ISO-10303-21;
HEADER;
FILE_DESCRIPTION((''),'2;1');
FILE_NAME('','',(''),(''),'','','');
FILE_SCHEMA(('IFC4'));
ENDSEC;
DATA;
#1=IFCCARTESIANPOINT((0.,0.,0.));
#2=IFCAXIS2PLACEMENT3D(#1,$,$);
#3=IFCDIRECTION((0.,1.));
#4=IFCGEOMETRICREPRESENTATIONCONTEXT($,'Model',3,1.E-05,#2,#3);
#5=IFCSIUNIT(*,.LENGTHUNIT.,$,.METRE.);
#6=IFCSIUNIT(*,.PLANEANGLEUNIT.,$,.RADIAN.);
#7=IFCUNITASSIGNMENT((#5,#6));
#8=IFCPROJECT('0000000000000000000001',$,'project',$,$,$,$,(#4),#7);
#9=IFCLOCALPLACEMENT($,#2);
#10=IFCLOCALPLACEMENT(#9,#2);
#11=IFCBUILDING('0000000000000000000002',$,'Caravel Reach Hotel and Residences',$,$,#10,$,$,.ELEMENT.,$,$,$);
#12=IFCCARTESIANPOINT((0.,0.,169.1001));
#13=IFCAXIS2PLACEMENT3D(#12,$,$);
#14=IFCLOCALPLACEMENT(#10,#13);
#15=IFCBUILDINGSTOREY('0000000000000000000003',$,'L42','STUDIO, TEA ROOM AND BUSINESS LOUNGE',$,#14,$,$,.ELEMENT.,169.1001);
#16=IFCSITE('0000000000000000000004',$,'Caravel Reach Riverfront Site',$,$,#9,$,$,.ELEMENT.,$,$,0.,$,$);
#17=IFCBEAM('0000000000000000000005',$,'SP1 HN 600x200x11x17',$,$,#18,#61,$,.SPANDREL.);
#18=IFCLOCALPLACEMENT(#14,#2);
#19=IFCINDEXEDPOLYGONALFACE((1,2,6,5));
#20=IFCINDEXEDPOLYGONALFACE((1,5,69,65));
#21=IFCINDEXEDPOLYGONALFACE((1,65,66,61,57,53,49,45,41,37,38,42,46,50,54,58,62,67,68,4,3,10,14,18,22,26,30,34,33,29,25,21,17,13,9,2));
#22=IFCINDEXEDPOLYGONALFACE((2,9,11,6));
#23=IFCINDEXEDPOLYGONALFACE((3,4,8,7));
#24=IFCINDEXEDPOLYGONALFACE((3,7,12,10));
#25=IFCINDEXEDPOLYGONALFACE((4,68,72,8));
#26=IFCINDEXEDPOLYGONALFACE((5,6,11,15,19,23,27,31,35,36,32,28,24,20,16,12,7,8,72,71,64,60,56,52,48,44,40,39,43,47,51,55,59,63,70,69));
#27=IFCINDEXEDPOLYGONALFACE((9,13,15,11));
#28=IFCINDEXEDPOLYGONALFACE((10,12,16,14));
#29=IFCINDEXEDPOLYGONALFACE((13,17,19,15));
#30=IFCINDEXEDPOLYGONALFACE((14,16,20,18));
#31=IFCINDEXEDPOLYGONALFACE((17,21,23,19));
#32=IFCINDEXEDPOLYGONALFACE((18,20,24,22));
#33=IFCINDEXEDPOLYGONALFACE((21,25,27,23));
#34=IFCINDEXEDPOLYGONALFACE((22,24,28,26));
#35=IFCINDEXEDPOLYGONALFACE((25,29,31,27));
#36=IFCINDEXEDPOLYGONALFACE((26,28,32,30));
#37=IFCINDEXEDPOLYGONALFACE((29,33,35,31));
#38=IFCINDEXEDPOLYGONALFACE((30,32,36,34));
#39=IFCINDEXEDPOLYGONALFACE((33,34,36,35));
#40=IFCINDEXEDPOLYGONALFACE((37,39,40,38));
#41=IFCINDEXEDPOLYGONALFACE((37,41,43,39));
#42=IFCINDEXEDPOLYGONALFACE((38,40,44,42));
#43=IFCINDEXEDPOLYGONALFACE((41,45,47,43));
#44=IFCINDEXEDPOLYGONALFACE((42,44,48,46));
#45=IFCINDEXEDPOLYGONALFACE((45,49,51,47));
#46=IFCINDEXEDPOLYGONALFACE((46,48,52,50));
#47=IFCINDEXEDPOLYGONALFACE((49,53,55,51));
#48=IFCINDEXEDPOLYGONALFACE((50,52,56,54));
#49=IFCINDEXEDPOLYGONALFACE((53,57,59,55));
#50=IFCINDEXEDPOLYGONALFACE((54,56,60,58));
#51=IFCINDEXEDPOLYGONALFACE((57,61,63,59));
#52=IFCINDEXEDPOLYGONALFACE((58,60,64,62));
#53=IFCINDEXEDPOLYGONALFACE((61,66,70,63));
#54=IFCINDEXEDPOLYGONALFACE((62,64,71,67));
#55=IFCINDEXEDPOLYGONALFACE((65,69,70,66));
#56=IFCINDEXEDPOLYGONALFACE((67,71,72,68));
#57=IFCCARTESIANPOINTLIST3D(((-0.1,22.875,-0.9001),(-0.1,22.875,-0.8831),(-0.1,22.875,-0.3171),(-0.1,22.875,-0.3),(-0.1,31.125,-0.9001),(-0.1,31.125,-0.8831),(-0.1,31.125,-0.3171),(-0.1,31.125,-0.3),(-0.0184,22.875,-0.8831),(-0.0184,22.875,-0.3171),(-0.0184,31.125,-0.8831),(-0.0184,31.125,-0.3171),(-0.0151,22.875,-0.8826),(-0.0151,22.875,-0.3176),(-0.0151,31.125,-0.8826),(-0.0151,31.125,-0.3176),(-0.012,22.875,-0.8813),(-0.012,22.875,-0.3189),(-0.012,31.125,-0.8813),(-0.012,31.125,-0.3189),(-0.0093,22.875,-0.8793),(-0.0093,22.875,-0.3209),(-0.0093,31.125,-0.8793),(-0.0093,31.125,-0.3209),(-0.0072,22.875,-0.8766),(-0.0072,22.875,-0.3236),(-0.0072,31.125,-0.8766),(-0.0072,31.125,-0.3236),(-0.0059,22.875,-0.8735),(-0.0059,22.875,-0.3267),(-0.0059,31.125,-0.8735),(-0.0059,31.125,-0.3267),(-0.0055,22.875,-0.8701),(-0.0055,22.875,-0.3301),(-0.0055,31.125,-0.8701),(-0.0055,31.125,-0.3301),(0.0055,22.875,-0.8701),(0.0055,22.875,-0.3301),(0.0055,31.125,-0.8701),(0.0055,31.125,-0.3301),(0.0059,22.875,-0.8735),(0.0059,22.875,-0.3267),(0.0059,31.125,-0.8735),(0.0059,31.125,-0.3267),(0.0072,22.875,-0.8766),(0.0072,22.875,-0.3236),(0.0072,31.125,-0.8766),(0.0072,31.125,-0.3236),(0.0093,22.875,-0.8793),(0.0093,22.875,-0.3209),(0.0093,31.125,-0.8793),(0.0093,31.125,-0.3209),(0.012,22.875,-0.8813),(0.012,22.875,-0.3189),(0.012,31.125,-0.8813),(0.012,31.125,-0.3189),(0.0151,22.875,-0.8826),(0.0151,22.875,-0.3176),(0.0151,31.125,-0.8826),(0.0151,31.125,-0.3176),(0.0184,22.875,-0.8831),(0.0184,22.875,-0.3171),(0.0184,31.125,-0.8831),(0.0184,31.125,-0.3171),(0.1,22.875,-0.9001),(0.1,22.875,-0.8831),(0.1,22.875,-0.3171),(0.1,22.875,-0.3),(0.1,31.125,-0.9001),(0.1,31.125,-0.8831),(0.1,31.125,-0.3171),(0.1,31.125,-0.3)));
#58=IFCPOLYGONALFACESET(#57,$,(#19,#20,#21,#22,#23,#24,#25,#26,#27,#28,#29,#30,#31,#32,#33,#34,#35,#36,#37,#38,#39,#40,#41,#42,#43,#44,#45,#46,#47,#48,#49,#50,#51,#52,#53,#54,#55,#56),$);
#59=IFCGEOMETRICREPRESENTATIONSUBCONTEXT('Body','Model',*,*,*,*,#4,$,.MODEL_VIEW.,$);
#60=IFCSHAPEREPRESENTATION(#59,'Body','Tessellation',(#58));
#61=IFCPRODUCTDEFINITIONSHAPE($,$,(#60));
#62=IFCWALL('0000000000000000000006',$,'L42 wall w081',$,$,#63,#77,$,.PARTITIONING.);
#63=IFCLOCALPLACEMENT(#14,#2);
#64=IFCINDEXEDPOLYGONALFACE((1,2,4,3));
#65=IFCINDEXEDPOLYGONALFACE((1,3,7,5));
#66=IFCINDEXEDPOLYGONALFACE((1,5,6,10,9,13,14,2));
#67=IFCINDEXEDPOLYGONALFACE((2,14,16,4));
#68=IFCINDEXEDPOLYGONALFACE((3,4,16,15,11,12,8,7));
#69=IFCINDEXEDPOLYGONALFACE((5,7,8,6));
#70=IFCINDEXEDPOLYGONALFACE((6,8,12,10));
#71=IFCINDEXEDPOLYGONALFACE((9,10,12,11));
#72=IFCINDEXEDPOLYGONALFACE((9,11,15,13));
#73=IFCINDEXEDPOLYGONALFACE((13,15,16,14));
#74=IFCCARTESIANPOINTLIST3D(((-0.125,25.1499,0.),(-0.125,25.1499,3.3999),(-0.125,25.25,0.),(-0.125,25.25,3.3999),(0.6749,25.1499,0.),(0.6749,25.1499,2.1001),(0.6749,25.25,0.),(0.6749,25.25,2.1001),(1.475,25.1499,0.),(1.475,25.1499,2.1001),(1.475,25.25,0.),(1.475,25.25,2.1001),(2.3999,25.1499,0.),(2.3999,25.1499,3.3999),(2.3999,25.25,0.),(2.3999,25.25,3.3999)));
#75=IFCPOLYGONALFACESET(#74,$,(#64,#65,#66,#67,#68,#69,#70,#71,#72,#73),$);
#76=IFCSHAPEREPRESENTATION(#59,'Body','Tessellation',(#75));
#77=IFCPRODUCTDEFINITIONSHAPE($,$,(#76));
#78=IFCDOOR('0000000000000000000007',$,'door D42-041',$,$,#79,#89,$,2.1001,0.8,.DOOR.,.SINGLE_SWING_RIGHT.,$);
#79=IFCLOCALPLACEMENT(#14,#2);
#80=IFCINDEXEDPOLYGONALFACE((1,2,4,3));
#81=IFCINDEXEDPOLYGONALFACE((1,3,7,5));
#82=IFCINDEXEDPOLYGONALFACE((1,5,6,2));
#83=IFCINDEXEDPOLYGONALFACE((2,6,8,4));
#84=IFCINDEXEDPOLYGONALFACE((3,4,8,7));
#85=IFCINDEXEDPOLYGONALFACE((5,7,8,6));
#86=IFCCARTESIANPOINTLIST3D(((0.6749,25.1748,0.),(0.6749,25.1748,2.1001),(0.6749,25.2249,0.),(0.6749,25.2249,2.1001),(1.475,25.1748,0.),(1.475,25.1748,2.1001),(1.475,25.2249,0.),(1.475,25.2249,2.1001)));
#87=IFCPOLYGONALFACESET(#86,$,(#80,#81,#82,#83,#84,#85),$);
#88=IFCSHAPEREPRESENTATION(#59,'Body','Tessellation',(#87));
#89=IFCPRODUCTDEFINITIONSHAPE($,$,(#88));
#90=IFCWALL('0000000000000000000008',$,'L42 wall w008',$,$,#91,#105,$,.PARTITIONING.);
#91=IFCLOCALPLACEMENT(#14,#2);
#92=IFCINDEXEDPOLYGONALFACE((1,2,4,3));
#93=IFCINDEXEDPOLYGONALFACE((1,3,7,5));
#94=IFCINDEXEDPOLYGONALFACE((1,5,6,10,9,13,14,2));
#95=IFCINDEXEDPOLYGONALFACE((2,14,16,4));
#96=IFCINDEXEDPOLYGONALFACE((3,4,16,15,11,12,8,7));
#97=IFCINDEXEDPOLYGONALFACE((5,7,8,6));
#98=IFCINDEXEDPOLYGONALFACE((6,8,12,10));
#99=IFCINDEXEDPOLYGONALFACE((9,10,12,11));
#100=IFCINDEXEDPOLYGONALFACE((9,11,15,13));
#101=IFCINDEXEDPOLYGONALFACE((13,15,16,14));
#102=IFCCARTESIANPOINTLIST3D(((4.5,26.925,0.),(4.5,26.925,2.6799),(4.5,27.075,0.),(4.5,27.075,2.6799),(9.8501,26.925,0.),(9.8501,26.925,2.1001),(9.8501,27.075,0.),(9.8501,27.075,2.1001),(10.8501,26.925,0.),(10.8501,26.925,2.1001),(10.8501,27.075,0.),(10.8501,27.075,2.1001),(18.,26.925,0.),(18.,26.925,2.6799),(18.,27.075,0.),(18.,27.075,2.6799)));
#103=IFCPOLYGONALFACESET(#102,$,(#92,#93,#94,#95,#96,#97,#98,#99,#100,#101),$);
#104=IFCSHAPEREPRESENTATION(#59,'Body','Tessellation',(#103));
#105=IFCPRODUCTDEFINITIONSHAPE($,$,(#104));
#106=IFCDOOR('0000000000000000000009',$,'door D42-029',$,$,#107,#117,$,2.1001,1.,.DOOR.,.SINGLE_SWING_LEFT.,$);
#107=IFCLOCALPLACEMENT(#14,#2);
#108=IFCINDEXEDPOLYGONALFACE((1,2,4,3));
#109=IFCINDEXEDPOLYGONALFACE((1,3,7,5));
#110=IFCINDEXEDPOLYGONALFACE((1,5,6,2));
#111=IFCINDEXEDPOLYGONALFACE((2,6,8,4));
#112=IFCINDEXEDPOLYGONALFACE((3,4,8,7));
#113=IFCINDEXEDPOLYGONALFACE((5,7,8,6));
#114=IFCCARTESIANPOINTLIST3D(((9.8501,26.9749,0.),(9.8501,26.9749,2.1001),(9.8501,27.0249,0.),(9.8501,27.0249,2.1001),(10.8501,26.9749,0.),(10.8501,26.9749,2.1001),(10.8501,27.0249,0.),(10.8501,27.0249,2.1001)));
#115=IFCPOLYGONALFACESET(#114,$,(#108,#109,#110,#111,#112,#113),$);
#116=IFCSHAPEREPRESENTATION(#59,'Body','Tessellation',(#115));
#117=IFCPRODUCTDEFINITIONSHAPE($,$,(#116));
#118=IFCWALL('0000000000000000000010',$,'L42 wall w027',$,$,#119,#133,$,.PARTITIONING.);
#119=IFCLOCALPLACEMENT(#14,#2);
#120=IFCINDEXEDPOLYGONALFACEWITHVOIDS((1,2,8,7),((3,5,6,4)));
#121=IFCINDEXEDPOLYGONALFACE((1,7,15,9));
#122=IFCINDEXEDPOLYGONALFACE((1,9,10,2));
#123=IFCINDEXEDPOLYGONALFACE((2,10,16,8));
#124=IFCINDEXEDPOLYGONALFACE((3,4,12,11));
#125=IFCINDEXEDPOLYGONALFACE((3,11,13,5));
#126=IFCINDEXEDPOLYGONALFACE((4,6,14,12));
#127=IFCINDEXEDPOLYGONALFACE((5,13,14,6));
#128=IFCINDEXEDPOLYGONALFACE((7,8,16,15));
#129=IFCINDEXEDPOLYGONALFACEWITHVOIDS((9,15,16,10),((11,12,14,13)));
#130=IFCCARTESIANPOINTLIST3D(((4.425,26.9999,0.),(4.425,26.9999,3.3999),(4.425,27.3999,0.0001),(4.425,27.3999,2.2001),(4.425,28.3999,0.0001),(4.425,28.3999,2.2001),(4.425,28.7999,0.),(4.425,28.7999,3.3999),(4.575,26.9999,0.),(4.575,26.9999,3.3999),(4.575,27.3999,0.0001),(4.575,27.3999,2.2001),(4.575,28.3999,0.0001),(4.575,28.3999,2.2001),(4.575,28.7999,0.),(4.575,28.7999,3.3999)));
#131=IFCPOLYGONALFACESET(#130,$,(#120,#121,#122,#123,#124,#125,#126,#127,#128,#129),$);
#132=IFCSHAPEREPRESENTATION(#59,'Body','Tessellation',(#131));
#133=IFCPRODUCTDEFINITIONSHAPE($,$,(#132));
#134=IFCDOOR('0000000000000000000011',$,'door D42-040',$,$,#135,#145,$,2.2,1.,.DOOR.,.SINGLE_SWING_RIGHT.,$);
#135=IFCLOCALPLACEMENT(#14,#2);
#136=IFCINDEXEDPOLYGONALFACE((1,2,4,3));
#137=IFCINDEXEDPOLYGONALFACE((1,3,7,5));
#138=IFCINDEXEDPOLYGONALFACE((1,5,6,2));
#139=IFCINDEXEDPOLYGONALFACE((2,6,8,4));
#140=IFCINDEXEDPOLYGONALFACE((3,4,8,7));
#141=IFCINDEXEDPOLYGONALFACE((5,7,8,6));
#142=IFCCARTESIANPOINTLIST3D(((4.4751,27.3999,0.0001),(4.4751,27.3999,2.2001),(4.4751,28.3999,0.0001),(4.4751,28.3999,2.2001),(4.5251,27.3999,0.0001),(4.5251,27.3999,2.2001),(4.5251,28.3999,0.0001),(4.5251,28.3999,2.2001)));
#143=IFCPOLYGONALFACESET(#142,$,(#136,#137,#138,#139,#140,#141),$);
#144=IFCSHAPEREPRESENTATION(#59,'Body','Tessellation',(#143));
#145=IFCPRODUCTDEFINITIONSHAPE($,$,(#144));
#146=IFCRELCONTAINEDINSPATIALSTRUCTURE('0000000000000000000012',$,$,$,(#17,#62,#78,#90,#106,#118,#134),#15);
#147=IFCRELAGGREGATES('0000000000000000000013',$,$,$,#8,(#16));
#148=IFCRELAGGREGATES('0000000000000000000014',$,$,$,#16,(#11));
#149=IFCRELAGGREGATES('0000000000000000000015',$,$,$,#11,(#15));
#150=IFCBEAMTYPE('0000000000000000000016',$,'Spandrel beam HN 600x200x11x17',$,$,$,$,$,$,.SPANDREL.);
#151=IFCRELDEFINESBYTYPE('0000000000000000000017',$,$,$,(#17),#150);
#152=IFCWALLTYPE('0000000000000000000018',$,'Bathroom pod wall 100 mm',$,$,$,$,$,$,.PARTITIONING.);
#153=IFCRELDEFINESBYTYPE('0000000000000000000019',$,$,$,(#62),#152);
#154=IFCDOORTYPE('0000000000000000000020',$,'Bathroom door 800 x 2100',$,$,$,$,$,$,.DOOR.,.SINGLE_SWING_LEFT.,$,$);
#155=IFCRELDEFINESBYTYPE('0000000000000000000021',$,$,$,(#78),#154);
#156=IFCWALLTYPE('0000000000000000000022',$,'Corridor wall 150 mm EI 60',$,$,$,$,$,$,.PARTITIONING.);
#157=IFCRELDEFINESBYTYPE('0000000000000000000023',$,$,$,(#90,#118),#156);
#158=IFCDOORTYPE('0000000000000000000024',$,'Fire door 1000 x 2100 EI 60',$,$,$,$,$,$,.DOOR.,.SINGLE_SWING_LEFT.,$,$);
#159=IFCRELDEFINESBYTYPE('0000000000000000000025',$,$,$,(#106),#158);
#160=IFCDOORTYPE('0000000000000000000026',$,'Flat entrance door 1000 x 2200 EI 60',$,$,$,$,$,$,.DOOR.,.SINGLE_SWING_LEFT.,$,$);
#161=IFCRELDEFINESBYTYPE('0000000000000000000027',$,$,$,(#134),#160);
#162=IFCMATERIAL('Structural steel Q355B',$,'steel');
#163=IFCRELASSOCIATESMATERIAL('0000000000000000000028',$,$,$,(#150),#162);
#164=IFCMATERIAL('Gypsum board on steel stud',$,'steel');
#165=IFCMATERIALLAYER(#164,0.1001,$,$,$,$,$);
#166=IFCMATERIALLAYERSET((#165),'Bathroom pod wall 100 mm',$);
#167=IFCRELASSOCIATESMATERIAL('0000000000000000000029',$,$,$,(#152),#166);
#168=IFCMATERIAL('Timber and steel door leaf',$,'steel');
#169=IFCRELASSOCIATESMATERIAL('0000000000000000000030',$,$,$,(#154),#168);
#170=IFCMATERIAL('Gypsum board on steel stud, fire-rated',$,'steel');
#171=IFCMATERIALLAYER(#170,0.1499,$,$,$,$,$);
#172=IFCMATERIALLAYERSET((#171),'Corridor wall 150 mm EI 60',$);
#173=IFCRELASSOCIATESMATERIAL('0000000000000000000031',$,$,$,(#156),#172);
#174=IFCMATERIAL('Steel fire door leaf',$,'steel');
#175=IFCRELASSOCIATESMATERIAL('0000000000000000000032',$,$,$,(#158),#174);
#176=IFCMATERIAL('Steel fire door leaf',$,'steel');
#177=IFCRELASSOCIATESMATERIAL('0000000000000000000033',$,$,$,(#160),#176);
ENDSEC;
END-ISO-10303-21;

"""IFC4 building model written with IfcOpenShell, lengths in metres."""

from ifc_helpers import new_model, si_unit, direction, frame, frame_2d, origin, origin_2d, place, context, subcontext, project, spatial, rectangle, i_section, extrude, material, layer, layer_set, material_profile, profile_set, type_object, element, fill, save


model = new_model("IFC4")

# Units and contexts
model_context = context("Model", 3, precision=1e-05, world=origin(), true_north=direction((0.0, 1.0)))
body_context = subcontext(model_context, "Body", "Model", "MODEL_VIEW")
ifc_project = project(units=[si_unit("LENGTHUNIT", "METRE"), si_unit("PLANEANGLEUNIT", "RADIAN")], contexts=[model_context])

# Site, building, storey
site_placement = place(None, origin())
site = spatial("IfcSite", under=ifc_project, at=site_placement, Name="Caravel Reach Riverfront Site", CompositionType="ELEMENT", RefElevation=0.0)
building_placement = place(site_placement, origin())
building = spatial("IfcBuilding", under=site, at=building_placement, Name="Caravel Reach Hotel and Residences", CompositionType="ELEMENT")
storey_placement = place(building_placement, frame((0.0, 0.0, 169.1001)))
storey = spatial("IfcBuildingStorey", under=building, at=storey_placement, Name="L42", Description="STUDIO, TEA ROOM AND BUSINESS LOUNGE", CompositionType="ELEMENT", Elevation=169.1001)

# Beam
ifc_material_1 = material(Name="Structural steel Q355B", Category="steel")
ifc_material_profile_1 = material_profile(ifc_material_1, i_section(OverallWidth=0.2, OverallDepth=0.6001, WebThickness=0.011, FlangeThickness=0.0171, FilletRadius=0.0129, at=origin_2d()), Name="HN 600x200x11x17")
ifc_profile_set_1 = profile_set([ifc_material_profile_1], Name="Structural steel Q355B")
beam_type = type_object("IfcBeamType", Name="Spandrel beam HN 600x200x11x17", PredefinedType="SPANDREL", material=ifc_profile_set_1)
beam_placement = place(storey_placement, frame((0.0, 31.125, -0.6001), z_axis=(0.0, -1.0, 0.0), x_axis=(1.0, 0.0, 0.0)))
element("IfcBeam", 1, at=beam_placement, inside=storey, type_object=beam_type, Name="SP1 HN 600x200x11x17", PredefinedType="SPANDREL", context=body_context, shape_type="SweptSolid", body=[
    extrude(i_section(OverallWidth=0.2, OverallDepth=0.6001, WebThickness=0.011, FlangeThickness=0.0171, FilletRadius=0.0129, at=origin_2d()), origin(), (0.0, 0.0, 1.0), 8.25),
])

# Walls, openings, doors
ifc_material_2 = material(Name="Gypsum board on steel stud", Category="steel")
ifc_layer_1 = layer(ifc_material_2, 0.1001)
ifc_layer_set_1 = layer_set([ifc_layer_1], Name="Bathroom pod wall 100 mm")
wall_type_1 = type_object("IfcWallType", Name="Bathroom pod wall 100 mm", PredefinedType="PARTITIONING", material=ifc_layer_set_1)
wall_1_placement = place(storey_placement, frame((-0.125, 25.2, 0.0), z_axis=(0.0, 0.0, 1.0), x_axis=(1.0, 0.0, 0.0)))
wall_1 = element("IfcWall", 2, at=wall_1_placement, inside=storey, type_object=wall_type_1, Name="L42 wall w081", PredefinedType="PARTITIONING", context=body_context, shape_type="SweptSolid", body=[
    extrude(rectangle(XDim=2.5249, YDim=0.1001, at=frame_2d((1.2625, 0.0))), origin(), (0.0, 0.0, 1.0), 3.3999),
])
opening_1_placement = place(wall_1_placement, frame((0.8, 0.0, 0.0)))
opening_1 = element("IfcOpeningElement", 3, at=opening_1_placement, cuts=wall_1, PredefinedType="OPENING", context=body_context, shape_type="SweptSolid", body=[
    extrude(rectangle(XDim=0.8, YDim=2.1001, at=frame_2d((0.3999, 1.05))), frame((0.0, 0.0601, 0.0), z_axis=(0.0, -1.0, 0.0), x_axis=(1.0, 0.0, 0.0)), (0.0, 0.0, 1.0), 0.1201),
])
ifc_material_3 = material(Name="Timber and steel door leaf", Category="steel")
door_type_1 = type_object("IfcDoorType", Name="Bathroom door 800 x 2100", OperationType="SINGLE_SWING_LEFT", PredefinedType="DOOR", material=ifc_material_3)
door_1_placement = place(opening_1_placement, origin())
door_1 = element("IfcDoor", 4, at=door_1_placement, inside=storey, type_object=door_type_1, Name="door D42-041", OperationType="SINGLE_SWING_RIGHT", OverallHeight=2.1001, OverallWidth=0.8, PredefinedType="DOOR", context=body_context, shape_type="SweptSolid", body=[
    extrude(rectangle(XDim=0.8, YDim=2.1001, at=frame_2d((0.3999, 1.05))), frame((0.0, 0.0249, 0.0), z_axis=(0.0, -1.0, 0.0), x_axis=(1.0, 0.0, 0.0)), (0.0, 0.0, 1.0), 0.05),
])
fill(opening_1, door_1)
ifc_material_4 = material(Name="Gypsum board on steel stud, fire-rated", Category="steel")
ifc_layer_2 = layer(ifc_material_4, 0.1499)
ifc_layer_set_2 = layer_set([ifc_layer_2], Name="Corridor wall 150 mm EI 60")
wall_type_2 = type_object("IfcWallType", Name="Corridor wall 150 mm EI 60", PredefinedType="PARTITIONING", material=ifc_layer_set_2)
wall_2_placement = place(storey_placement, frame((4.5, 27.0, 0.0), z_axis=(0.0, 0.0, 1.0), x_axis=(1.0, 0.0, 0.0)))
wall_2 = element("IfcWall", 5, at=wall_2_placement, inside=storey, type_object=wall_type_2, Name="L42 wall w008", PredefinedType="PARTITIONING", context=body_context, shape_type="SweptSolid", body=[
    extrude(rectangle(XDim=13.5, YDim=0.1499, at=frame_2d((6.75, 0.0))), origin(), (0.0, 0.0, 1.0), 2.6799),
])
opening_2_placement = place(wall_2_placement, frame((5.3501, 0.0, 0.0)))
opening_2 = element("IfcOpeningElement", 6, at=opening_2_placement, cuts=wall_2, PredefinedType="OPENING", context=body_context, shape_type="SweptSolid", body=[
    extrude(rectangle(XDim=1.0, YDim=2.1001, at=frame_2d((0.5, 1.05))), frame((0.0, 0.085, 0.0), z_axis=(0.0, -1.0, 0.0), x_axis=(1.0, 0.0, 0.0)), (0.0, 0.0, 1.0), 0.1699),
])
ifc_material_5 = material(Name="Steel fire door leaf", Category="steel")
door_type_2 = type_object("IfcDoorType", Name="Fire door 1000 x 2100 EI 60", OperationType="SINGLE_SWING_LEFT", PredefinedType="DOOR", material=ifc_material_5)
door_2_placement = place(opening_2_placement, origin())
door_2 = element("IfcDoor", 7, at=door_2_placement, inside=storey, type_object=door_type_2, Name="door D42-029", OperationType="SINGLE_SWING_LEFT", OverallHeight=2.1001, OverallWidth=1.0, PredefinedType="DOOR", context=body_context, shape_type="SweptSolid", body=[
    extrude(rectangle(XDim=1.0, YDim=2.1001, at=frame_2d((0.5, 1.05))), frame((0.0, 0.0249, 0.0), z_axis=(0.0, -1.0, 0.0), x_axis=(1.0, 0.0, 0.0)), (0.0, 0.0, 1.0), 0.05),
])
fill(opening_2, door_2)
wall_3_placement = place(storey_placement, frame((4.5, 27.0, 0.0), z_axis=(0.0, 0.0, 1.0), x_axis=(0.0, 1.0, 0.0)))
wall_3 = element("IfcWall", 8, at=wall_3_placement, inside=storey, type_object=wall_type_2, Name="L42 wall w027", PredefinedType="PARTITIONING", context=body_context, shape_type="SweptSolid", body=[
    extrude(rectangle(XDim=1.8, YDim=0.1499, at=frame_2d((0.8999, 0.0))), origin(), (0.0, 0.0, 1.0), 3.3999),
])
opening_3_placement = place(wall_3_placement, frame((0.3999, 0.0, 0.0)))
opening_3 = element("IfcOpeningElement", 9, at=opening_3_placement, cuts=wall_3, PredefinedType="OPENING", context=body_context, shape_type="SweptSolid", body=[
    extrude(rectangle(XDim=1.0, YDim=2.2, at=frame_2d((0.5, 1.1001))), frame((0.0, 0.085, 0.0), z_axis=(0.0, -1.0, 0.0), x_axis=(1.0, 0.0, 0.0)), (0.0, 0.0, 1.0), 0.1699),
])
ifc_material_6 = material(Name="Steel fire door leaf", Category="steel")
door_type_3 = type_object("IfcDoorType", Name="Flat entrance door 1000 x 2200 EI 60", OperationType="SINGLE_SWING_LEFT", PredefinedType="DOOR", material=ifc_material_6)
door_3_placement = place(opening_3_placement, origin())
door_3 = element("IfcDoor", 10, at=door_3_placement, inside=storey, type_object=door_type_3, Name="door D42-040", OperationType="SINGLE_SWING_RIGHT", OverallHeight=2.2, OverallWidth=1.0, PredefinedType="DOOR", context=body_context, shape_type="SweptSolid", body=[
    extrude(rectangle(XDim=1.0, YDim=2.2, at=frame_2d((0.5, 1.1001))), frame((0.0, 0.0249, 0.0), z_axis=(0.0, -1.0, 0.0), x_axis=(1.0, 0.0, 0.0)), (0.0, 0.0, 1.0), 0.05),
])
fill(opening_3, door_3)

save(model, "model.ifc")
